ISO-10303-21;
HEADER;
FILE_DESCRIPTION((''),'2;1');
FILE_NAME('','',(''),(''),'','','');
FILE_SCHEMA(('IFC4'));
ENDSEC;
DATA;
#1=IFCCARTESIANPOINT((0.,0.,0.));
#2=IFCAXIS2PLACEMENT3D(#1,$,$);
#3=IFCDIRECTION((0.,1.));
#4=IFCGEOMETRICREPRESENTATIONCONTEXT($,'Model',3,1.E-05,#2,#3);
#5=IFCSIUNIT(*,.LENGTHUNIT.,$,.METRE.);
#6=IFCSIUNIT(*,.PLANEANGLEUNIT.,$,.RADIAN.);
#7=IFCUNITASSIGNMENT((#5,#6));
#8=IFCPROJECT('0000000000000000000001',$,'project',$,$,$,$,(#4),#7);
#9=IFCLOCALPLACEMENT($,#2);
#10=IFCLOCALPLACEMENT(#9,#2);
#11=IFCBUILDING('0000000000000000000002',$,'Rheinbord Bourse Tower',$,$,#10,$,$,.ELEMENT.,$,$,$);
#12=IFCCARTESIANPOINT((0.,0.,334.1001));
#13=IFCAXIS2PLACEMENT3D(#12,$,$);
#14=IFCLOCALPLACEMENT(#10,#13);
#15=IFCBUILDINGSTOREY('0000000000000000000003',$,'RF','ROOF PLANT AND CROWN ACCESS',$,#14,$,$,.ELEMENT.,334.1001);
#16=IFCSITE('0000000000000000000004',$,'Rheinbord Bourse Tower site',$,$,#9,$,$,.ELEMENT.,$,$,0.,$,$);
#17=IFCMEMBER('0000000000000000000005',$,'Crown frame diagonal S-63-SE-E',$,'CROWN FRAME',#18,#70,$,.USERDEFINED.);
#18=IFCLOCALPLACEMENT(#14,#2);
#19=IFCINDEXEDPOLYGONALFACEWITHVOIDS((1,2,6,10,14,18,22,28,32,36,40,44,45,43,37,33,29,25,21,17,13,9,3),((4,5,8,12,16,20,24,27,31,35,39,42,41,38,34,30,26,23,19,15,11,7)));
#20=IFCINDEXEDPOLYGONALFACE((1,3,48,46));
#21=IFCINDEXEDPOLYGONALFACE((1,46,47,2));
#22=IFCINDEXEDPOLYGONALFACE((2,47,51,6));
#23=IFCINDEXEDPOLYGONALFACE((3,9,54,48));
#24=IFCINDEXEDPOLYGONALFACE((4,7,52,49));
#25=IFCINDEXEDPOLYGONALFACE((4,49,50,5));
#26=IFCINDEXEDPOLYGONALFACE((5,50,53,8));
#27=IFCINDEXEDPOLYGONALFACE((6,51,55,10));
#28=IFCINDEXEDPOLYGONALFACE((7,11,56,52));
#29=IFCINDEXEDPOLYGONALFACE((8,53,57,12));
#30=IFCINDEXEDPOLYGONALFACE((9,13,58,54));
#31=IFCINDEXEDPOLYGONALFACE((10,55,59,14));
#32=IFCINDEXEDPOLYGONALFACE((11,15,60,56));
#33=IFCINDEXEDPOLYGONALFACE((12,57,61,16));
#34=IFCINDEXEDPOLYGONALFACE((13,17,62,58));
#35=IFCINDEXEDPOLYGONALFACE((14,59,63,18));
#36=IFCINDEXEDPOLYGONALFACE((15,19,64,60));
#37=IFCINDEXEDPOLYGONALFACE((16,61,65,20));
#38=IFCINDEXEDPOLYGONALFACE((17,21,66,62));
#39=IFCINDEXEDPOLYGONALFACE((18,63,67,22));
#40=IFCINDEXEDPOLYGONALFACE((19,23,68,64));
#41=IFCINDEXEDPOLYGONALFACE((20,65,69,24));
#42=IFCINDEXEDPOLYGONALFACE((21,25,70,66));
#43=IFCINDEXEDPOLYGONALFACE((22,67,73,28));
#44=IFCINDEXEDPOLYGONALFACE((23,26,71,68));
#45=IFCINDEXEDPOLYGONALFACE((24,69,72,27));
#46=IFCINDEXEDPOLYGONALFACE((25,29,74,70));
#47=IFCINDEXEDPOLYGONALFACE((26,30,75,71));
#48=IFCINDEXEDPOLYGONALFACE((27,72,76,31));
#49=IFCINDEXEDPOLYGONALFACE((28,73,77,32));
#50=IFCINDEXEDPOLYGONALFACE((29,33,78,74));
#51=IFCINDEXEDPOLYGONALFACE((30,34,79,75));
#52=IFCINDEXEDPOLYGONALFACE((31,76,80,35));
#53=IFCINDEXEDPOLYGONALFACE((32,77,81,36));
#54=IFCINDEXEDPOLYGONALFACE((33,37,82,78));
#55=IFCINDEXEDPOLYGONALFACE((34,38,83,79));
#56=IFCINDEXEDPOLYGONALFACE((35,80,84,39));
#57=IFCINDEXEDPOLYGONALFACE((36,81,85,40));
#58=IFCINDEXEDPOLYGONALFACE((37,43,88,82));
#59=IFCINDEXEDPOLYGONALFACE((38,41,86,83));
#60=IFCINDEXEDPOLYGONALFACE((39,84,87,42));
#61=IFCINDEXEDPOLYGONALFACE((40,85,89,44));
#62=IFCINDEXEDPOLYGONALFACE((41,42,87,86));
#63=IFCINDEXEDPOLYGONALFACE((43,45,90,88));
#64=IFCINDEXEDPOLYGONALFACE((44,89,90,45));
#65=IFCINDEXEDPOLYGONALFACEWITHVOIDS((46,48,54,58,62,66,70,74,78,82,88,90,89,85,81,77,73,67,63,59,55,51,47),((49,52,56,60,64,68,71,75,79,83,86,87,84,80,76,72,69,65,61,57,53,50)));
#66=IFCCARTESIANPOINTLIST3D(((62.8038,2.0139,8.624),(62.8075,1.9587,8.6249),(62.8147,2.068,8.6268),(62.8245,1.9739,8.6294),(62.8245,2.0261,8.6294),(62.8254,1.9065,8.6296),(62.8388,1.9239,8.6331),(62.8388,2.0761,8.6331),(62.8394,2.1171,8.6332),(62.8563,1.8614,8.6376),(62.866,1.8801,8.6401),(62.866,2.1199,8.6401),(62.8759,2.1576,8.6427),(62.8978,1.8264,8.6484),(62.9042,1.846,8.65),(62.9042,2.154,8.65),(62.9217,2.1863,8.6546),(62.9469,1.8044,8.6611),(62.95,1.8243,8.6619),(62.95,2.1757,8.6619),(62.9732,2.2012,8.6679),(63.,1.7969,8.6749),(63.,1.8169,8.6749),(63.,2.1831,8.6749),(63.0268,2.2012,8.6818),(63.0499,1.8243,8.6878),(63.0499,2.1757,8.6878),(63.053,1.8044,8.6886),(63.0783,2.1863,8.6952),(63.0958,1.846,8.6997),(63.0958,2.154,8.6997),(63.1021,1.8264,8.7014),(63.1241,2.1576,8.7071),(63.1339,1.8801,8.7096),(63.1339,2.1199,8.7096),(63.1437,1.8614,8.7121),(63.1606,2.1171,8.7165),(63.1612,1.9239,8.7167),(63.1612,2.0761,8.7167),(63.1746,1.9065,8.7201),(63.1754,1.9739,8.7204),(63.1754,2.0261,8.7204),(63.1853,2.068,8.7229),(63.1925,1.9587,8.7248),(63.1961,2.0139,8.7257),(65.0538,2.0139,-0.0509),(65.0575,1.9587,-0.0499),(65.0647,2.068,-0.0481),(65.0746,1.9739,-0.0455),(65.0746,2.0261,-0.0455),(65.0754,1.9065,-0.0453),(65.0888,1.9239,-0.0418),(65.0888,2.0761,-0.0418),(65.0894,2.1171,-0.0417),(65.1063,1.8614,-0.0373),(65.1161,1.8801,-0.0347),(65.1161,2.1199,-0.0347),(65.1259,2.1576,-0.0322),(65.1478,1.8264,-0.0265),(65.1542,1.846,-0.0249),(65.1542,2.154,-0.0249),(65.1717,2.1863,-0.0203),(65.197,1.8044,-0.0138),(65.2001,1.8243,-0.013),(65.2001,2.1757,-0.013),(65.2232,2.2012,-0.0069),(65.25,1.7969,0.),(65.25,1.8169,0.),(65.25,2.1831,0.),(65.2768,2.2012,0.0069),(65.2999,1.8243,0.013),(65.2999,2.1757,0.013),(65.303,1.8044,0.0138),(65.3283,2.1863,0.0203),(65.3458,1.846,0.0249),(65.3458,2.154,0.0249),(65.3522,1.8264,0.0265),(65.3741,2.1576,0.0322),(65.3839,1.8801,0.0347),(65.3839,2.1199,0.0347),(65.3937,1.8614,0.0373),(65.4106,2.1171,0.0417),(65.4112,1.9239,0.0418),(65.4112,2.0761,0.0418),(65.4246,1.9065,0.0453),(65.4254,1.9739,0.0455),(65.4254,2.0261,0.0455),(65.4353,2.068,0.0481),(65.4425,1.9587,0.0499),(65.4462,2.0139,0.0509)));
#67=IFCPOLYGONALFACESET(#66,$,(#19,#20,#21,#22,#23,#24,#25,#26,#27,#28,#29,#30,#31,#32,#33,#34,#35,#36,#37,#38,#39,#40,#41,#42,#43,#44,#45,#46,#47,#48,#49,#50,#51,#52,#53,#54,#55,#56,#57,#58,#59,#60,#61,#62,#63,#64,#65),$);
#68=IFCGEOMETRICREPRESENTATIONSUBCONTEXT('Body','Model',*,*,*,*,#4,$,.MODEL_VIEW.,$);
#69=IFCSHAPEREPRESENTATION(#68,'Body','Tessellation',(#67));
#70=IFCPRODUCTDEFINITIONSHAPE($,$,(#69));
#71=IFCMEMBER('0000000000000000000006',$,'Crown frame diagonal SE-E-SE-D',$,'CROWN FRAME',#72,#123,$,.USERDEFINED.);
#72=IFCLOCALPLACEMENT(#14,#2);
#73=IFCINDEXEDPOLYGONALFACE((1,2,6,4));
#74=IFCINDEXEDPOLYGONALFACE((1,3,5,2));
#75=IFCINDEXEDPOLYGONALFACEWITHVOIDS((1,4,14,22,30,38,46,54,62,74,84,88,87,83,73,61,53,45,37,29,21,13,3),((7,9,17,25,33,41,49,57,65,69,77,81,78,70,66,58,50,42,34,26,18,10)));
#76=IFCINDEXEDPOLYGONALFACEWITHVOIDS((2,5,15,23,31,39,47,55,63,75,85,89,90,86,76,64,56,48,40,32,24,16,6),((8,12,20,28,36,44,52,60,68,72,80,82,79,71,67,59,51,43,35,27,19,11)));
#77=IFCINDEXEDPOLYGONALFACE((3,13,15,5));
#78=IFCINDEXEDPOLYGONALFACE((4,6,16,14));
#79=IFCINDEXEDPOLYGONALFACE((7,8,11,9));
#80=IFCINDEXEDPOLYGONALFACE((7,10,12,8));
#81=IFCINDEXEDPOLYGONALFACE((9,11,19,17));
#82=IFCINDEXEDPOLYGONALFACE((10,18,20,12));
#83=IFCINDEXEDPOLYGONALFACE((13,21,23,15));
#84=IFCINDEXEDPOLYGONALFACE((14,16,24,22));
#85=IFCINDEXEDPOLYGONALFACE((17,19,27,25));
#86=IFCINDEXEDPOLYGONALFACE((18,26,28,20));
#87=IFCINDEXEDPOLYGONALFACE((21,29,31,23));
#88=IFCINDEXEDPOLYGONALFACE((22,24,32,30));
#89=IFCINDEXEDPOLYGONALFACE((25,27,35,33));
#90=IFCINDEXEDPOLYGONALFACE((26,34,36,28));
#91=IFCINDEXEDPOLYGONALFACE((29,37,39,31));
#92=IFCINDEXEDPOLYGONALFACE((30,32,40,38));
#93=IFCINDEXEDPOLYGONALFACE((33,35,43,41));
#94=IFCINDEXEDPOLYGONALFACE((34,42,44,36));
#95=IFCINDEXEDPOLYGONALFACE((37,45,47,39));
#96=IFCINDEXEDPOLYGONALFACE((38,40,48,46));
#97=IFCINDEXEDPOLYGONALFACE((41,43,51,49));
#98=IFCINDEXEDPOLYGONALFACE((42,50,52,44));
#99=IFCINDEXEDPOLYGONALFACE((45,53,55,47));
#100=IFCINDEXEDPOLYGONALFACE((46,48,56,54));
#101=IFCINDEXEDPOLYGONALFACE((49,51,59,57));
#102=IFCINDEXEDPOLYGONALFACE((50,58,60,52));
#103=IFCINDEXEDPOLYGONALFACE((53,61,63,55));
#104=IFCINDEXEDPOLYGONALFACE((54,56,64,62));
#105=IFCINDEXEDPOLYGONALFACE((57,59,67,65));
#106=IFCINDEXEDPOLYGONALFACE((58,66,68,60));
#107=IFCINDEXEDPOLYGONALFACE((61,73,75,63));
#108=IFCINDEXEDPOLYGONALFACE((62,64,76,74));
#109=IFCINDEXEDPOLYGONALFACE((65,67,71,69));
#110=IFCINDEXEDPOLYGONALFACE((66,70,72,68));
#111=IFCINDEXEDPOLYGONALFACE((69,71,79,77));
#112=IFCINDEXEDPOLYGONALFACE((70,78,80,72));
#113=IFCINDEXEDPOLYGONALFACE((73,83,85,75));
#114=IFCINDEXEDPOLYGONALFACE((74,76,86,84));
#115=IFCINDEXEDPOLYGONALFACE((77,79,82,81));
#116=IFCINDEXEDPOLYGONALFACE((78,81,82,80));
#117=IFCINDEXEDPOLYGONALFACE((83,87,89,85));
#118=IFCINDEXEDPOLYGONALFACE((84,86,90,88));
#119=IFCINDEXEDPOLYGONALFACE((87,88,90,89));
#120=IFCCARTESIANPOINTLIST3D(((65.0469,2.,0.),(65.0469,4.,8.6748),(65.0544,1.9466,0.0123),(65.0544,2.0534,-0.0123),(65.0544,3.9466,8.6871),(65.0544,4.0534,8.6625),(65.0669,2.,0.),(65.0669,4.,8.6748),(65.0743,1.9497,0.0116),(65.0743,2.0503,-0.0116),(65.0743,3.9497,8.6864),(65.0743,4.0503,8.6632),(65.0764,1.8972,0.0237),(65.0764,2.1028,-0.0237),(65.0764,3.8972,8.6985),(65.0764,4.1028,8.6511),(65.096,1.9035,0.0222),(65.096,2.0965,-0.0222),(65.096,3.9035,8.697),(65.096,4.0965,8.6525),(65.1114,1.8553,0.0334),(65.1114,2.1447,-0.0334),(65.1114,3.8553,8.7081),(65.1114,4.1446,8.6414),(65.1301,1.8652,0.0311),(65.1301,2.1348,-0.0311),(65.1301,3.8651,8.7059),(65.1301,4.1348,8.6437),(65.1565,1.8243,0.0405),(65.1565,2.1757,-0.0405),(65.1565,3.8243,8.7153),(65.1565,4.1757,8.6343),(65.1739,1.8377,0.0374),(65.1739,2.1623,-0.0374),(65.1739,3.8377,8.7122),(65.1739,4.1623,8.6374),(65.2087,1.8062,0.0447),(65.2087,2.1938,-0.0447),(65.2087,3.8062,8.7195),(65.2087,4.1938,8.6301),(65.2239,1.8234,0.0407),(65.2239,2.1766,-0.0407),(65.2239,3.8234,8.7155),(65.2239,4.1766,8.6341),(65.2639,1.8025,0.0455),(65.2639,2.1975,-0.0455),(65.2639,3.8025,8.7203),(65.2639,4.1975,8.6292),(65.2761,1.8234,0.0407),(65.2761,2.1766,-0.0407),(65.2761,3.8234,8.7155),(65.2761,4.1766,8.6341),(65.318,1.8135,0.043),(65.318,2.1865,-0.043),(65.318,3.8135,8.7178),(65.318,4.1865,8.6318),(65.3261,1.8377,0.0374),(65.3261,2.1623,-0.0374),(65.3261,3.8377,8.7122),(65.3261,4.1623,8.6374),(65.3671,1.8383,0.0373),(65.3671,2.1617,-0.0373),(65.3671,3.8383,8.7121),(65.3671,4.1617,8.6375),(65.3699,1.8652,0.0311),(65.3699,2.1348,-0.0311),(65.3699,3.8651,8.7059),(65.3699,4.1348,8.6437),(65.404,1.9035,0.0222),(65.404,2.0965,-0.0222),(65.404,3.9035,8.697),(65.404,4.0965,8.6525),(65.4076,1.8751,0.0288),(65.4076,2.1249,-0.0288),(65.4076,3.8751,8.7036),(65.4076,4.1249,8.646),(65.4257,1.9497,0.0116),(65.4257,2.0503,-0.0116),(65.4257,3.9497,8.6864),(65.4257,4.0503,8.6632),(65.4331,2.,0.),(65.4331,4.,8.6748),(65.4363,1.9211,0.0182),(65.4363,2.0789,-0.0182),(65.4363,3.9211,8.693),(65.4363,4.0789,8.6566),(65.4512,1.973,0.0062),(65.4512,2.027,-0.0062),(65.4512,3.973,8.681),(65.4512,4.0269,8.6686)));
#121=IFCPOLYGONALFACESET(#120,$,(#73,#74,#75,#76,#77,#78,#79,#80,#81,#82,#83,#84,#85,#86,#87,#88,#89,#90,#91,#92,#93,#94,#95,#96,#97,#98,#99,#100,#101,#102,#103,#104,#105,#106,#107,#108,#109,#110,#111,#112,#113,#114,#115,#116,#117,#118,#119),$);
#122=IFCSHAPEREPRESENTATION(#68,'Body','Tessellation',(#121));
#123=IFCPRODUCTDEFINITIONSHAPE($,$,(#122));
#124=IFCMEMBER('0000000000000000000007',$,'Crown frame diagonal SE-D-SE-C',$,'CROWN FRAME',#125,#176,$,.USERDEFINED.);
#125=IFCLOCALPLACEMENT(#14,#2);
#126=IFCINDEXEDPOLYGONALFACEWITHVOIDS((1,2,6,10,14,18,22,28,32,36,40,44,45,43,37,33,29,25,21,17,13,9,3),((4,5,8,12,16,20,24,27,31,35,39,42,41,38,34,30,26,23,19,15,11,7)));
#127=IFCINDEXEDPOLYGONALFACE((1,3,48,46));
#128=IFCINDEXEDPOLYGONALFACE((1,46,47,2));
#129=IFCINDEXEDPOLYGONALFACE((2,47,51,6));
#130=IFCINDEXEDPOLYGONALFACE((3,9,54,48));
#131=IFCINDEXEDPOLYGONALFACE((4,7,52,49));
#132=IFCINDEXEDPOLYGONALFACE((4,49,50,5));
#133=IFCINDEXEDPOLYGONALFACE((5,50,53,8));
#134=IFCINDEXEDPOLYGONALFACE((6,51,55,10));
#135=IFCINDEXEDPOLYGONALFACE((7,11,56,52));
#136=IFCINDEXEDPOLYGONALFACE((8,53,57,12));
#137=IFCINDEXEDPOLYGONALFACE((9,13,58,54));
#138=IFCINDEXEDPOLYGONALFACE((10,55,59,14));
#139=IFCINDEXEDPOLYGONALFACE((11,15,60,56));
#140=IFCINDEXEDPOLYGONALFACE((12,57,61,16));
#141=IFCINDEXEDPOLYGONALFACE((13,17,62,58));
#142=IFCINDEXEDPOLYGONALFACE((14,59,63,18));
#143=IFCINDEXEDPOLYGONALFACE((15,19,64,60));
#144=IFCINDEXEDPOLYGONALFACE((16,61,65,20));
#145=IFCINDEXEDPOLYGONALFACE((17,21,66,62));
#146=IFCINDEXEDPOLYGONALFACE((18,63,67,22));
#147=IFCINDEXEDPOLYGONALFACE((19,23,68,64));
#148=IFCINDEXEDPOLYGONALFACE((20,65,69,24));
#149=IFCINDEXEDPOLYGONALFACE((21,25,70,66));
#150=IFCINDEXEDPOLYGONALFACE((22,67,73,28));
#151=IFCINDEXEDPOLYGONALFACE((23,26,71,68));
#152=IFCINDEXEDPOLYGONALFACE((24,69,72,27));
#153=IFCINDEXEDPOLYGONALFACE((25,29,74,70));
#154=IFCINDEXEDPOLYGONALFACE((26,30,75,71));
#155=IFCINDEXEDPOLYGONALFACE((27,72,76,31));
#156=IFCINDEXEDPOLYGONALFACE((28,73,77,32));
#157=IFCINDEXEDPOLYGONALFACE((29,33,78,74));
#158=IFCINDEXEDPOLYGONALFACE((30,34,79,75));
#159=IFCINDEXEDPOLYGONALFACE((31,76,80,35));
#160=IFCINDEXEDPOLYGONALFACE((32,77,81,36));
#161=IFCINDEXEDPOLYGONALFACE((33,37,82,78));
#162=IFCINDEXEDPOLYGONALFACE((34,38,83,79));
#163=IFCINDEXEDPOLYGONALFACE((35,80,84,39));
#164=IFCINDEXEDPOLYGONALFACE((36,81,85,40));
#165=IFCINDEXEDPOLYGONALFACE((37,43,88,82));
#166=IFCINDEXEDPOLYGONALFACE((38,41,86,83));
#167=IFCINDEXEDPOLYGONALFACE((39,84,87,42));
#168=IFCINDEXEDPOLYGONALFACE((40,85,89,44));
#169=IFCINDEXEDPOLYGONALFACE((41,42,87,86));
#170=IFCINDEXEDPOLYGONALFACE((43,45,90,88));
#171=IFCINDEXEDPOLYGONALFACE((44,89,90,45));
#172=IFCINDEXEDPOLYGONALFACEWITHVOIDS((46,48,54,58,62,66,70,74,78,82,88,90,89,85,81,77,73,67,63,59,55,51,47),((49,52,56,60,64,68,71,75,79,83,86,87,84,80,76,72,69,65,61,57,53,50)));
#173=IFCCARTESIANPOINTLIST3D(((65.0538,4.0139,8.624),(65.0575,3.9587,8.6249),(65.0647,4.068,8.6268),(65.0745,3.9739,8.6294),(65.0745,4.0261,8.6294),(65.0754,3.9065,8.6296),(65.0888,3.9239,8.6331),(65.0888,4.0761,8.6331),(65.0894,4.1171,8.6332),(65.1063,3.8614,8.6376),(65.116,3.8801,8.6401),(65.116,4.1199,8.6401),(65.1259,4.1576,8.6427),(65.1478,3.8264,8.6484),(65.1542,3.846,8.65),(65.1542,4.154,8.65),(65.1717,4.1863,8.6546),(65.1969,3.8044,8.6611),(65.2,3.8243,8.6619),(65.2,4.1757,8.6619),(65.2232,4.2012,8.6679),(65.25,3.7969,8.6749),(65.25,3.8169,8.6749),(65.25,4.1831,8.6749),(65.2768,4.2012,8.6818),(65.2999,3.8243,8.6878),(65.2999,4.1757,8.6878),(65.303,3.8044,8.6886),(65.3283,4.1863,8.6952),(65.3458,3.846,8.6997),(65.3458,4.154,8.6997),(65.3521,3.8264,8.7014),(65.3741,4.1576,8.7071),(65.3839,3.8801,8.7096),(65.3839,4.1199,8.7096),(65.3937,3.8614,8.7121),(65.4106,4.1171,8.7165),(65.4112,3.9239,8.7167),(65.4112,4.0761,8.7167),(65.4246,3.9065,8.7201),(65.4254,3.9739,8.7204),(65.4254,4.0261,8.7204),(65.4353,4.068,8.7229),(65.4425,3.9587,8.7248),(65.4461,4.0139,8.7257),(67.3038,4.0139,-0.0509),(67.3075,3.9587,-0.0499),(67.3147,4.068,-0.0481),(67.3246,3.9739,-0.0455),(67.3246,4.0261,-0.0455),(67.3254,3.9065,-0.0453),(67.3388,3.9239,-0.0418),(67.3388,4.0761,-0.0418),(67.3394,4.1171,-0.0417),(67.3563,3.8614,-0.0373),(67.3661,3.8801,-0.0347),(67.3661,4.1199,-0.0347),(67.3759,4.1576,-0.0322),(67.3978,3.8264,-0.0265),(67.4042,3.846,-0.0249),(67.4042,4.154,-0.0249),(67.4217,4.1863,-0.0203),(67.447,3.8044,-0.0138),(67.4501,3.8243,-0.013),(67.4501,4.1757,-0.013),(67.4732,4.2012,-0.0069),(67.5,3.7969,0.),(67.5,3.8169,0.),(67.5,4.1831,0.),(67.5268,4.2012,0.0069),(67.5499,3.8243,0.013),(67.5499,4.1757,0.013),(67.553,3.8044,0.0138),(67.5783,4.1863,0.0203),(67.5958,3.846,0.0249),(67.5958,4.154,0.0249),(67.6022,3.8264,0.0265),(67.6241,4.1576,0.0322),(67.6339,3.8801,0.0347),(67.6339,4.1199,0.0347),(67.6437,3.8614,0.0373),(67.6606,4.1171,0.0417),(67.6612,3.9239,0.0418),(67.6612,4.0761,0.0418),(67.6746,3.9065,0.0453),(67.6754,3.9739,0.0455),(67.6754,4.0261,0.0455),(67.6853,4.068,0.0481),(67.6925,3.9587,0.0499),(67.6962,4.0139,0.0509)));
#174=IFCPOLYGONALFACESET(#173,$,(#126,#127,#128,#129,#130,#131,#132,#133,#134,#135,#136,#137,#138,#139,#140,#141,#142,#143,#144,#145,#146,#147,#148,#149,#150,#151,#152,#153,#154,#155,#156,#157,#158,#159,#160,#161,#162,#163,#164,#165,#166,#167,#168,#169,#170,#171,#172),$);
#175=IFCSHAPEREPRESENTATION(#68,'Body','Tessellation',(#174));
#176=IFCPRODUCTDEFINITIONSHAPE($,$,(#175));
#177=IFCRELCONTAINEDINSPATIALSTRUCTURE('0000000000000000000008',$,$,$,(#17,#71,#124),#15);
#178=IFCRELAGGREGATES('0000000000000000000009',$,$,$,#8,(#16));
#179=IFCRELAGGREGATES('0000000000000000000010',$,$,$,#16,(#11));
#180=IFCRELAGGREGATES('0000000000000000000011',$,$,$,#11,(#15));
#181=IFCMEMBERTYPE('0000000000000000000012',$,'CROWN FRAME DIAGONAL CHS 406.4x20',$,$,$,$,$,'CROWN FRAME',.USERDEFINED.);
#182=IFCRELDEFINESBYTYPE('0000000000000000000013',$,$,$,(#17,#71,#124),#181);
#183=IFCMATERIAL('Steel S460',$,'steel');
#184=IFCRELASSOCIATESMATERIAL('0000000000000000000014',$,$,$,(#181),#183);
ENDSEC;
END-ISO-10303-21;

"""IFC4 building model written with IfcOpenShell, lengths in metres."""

from ifc_helpers import new_model, si_unit, direction, frame, origin, origin_2d, place, context, subcontext, project, spatial, hollow_circle, extrude, material, material_profile, profile_set, type_object, element, save


model = new_model("IFC4")

# Units and contexts
model_context = context("Model", 3, precision=1e-05, world=origin(), true_north=direction((0.0, 1.0)))
body_context = subcontext(model_context, "Body", "Model", "MODEL_VIEW")
ifc_project = project(units=[si_unit("LENGTHUNIT", "METRE"), si_unit("PLANEANGLEUNIT", "RADIAN")], contexts=[model_context])

# Site, building, storey
site_placement = place(None, origin())
site = spatial("IfcSite", under=ifc_project, at=site_placement, Name="Rheinbord Bourse Tower site", CompositionType="ELEMENT", RefElevation=0.0)
building_placement = place(site_placement, origin())
building = spatial("IfcBuilding", under=site, at=building_placement, Name="Rheinbord Bourse Tower", CompositionType="ELEMENT")
storey_placement = place(building_placement, frame((0.0, 0.0, 334.1001)))
storey = spatial("IfcBuildingStorey", under=building, at=storey_placement, Name="RF", Description="ROOF PLANT AND CROWN ACCESS", CompositionType="ELEMENT", Elevation=334.1001)

# Members
ifc_material_1 = material(Name="Steel S460", Category="steel")
ifc_material_profile_1 = material_profile(ifc_material_1, hollow_circle(Radius=0.2031, WallThickness=0.02, at=origin_2d()), Name="CHS 406.4x20")
ifc_profile_set_1 = profile_set([ifc_material_profile_1], Name="Steel S460")
member_type = type_object("IfcMemberType", Name="CROWN FRAME DIAGONAL CHS 406.4x20", ElementType="CROWN FRAME", PredefinedType="USERDEFINED", material=ifc_profile_set_1)
member_1_placement = place(storey_placement, frame((65.25, 2.0, 0.0), z_axis=(-0.251064, 0.0, 0.96797), x_axis=(0.0, -1.0, 0.0)))
element("IfcMember", 1, at=member_1_placement, inside=storey, type_object=member_type, Name="Crown frame diagonal S-63-SE-E", ObjectType="CROWN FRAME", PredefinedType="USERDEFINED", context=body_context, shape_type="SweptSolid", body=[
    extrude(hollow_circle(Radius=0.2031, WallThickness=0.02, at=origin_2d()), origin(), (0.0, 0.0, 1.0), 8.9619),
])
member_2_placement = place(storey_placement, frame((65.25, 2.0, 0.0), z_axis=(0.0, 0.224659, 0.974437), x_axis=(-1.0, 0.0, 0.0)))
element("IfcMember", 2, at=member_2_placement, inside=storey, type_object=member_type, Name="Crown frame diagonal SE-E-SE-D", ObjectType="CROWN FRAME", PredefinedType="USERDEFINED", context=body_context, shape_type="SweptSolid", body=[
    extrude(hollow_circle(Radius=0.2031, WallThickness=0.02, at=origin_2d()), origin(), (0.0, 0.0, 1.0), 8.9023),
])
member_3_placement = place(storey_placement, frame((67.5, 4.0, 0.0), z_axis=(-0.251064, 0.0, 0.96797), x_axis=(0.0, -1.0, 0.0)))
element("IfcMember", 3, at=member_3_placement, inside=storey, type_object=member_type, Name="Crown frame diagonal SE-D-SE-C", ObjectType="CROWN FRAME", PredefinedType="USERDEFINED", context=body_context, shape_type="SweptSolid", body=[
    extrude(hollow_circle(Radius=0.2031, WallThickness=0.02, at=origin_2d()), origin(), (0.0, 0.0, 1.0), 8.9619),
])

save(model, "model.ifc")
